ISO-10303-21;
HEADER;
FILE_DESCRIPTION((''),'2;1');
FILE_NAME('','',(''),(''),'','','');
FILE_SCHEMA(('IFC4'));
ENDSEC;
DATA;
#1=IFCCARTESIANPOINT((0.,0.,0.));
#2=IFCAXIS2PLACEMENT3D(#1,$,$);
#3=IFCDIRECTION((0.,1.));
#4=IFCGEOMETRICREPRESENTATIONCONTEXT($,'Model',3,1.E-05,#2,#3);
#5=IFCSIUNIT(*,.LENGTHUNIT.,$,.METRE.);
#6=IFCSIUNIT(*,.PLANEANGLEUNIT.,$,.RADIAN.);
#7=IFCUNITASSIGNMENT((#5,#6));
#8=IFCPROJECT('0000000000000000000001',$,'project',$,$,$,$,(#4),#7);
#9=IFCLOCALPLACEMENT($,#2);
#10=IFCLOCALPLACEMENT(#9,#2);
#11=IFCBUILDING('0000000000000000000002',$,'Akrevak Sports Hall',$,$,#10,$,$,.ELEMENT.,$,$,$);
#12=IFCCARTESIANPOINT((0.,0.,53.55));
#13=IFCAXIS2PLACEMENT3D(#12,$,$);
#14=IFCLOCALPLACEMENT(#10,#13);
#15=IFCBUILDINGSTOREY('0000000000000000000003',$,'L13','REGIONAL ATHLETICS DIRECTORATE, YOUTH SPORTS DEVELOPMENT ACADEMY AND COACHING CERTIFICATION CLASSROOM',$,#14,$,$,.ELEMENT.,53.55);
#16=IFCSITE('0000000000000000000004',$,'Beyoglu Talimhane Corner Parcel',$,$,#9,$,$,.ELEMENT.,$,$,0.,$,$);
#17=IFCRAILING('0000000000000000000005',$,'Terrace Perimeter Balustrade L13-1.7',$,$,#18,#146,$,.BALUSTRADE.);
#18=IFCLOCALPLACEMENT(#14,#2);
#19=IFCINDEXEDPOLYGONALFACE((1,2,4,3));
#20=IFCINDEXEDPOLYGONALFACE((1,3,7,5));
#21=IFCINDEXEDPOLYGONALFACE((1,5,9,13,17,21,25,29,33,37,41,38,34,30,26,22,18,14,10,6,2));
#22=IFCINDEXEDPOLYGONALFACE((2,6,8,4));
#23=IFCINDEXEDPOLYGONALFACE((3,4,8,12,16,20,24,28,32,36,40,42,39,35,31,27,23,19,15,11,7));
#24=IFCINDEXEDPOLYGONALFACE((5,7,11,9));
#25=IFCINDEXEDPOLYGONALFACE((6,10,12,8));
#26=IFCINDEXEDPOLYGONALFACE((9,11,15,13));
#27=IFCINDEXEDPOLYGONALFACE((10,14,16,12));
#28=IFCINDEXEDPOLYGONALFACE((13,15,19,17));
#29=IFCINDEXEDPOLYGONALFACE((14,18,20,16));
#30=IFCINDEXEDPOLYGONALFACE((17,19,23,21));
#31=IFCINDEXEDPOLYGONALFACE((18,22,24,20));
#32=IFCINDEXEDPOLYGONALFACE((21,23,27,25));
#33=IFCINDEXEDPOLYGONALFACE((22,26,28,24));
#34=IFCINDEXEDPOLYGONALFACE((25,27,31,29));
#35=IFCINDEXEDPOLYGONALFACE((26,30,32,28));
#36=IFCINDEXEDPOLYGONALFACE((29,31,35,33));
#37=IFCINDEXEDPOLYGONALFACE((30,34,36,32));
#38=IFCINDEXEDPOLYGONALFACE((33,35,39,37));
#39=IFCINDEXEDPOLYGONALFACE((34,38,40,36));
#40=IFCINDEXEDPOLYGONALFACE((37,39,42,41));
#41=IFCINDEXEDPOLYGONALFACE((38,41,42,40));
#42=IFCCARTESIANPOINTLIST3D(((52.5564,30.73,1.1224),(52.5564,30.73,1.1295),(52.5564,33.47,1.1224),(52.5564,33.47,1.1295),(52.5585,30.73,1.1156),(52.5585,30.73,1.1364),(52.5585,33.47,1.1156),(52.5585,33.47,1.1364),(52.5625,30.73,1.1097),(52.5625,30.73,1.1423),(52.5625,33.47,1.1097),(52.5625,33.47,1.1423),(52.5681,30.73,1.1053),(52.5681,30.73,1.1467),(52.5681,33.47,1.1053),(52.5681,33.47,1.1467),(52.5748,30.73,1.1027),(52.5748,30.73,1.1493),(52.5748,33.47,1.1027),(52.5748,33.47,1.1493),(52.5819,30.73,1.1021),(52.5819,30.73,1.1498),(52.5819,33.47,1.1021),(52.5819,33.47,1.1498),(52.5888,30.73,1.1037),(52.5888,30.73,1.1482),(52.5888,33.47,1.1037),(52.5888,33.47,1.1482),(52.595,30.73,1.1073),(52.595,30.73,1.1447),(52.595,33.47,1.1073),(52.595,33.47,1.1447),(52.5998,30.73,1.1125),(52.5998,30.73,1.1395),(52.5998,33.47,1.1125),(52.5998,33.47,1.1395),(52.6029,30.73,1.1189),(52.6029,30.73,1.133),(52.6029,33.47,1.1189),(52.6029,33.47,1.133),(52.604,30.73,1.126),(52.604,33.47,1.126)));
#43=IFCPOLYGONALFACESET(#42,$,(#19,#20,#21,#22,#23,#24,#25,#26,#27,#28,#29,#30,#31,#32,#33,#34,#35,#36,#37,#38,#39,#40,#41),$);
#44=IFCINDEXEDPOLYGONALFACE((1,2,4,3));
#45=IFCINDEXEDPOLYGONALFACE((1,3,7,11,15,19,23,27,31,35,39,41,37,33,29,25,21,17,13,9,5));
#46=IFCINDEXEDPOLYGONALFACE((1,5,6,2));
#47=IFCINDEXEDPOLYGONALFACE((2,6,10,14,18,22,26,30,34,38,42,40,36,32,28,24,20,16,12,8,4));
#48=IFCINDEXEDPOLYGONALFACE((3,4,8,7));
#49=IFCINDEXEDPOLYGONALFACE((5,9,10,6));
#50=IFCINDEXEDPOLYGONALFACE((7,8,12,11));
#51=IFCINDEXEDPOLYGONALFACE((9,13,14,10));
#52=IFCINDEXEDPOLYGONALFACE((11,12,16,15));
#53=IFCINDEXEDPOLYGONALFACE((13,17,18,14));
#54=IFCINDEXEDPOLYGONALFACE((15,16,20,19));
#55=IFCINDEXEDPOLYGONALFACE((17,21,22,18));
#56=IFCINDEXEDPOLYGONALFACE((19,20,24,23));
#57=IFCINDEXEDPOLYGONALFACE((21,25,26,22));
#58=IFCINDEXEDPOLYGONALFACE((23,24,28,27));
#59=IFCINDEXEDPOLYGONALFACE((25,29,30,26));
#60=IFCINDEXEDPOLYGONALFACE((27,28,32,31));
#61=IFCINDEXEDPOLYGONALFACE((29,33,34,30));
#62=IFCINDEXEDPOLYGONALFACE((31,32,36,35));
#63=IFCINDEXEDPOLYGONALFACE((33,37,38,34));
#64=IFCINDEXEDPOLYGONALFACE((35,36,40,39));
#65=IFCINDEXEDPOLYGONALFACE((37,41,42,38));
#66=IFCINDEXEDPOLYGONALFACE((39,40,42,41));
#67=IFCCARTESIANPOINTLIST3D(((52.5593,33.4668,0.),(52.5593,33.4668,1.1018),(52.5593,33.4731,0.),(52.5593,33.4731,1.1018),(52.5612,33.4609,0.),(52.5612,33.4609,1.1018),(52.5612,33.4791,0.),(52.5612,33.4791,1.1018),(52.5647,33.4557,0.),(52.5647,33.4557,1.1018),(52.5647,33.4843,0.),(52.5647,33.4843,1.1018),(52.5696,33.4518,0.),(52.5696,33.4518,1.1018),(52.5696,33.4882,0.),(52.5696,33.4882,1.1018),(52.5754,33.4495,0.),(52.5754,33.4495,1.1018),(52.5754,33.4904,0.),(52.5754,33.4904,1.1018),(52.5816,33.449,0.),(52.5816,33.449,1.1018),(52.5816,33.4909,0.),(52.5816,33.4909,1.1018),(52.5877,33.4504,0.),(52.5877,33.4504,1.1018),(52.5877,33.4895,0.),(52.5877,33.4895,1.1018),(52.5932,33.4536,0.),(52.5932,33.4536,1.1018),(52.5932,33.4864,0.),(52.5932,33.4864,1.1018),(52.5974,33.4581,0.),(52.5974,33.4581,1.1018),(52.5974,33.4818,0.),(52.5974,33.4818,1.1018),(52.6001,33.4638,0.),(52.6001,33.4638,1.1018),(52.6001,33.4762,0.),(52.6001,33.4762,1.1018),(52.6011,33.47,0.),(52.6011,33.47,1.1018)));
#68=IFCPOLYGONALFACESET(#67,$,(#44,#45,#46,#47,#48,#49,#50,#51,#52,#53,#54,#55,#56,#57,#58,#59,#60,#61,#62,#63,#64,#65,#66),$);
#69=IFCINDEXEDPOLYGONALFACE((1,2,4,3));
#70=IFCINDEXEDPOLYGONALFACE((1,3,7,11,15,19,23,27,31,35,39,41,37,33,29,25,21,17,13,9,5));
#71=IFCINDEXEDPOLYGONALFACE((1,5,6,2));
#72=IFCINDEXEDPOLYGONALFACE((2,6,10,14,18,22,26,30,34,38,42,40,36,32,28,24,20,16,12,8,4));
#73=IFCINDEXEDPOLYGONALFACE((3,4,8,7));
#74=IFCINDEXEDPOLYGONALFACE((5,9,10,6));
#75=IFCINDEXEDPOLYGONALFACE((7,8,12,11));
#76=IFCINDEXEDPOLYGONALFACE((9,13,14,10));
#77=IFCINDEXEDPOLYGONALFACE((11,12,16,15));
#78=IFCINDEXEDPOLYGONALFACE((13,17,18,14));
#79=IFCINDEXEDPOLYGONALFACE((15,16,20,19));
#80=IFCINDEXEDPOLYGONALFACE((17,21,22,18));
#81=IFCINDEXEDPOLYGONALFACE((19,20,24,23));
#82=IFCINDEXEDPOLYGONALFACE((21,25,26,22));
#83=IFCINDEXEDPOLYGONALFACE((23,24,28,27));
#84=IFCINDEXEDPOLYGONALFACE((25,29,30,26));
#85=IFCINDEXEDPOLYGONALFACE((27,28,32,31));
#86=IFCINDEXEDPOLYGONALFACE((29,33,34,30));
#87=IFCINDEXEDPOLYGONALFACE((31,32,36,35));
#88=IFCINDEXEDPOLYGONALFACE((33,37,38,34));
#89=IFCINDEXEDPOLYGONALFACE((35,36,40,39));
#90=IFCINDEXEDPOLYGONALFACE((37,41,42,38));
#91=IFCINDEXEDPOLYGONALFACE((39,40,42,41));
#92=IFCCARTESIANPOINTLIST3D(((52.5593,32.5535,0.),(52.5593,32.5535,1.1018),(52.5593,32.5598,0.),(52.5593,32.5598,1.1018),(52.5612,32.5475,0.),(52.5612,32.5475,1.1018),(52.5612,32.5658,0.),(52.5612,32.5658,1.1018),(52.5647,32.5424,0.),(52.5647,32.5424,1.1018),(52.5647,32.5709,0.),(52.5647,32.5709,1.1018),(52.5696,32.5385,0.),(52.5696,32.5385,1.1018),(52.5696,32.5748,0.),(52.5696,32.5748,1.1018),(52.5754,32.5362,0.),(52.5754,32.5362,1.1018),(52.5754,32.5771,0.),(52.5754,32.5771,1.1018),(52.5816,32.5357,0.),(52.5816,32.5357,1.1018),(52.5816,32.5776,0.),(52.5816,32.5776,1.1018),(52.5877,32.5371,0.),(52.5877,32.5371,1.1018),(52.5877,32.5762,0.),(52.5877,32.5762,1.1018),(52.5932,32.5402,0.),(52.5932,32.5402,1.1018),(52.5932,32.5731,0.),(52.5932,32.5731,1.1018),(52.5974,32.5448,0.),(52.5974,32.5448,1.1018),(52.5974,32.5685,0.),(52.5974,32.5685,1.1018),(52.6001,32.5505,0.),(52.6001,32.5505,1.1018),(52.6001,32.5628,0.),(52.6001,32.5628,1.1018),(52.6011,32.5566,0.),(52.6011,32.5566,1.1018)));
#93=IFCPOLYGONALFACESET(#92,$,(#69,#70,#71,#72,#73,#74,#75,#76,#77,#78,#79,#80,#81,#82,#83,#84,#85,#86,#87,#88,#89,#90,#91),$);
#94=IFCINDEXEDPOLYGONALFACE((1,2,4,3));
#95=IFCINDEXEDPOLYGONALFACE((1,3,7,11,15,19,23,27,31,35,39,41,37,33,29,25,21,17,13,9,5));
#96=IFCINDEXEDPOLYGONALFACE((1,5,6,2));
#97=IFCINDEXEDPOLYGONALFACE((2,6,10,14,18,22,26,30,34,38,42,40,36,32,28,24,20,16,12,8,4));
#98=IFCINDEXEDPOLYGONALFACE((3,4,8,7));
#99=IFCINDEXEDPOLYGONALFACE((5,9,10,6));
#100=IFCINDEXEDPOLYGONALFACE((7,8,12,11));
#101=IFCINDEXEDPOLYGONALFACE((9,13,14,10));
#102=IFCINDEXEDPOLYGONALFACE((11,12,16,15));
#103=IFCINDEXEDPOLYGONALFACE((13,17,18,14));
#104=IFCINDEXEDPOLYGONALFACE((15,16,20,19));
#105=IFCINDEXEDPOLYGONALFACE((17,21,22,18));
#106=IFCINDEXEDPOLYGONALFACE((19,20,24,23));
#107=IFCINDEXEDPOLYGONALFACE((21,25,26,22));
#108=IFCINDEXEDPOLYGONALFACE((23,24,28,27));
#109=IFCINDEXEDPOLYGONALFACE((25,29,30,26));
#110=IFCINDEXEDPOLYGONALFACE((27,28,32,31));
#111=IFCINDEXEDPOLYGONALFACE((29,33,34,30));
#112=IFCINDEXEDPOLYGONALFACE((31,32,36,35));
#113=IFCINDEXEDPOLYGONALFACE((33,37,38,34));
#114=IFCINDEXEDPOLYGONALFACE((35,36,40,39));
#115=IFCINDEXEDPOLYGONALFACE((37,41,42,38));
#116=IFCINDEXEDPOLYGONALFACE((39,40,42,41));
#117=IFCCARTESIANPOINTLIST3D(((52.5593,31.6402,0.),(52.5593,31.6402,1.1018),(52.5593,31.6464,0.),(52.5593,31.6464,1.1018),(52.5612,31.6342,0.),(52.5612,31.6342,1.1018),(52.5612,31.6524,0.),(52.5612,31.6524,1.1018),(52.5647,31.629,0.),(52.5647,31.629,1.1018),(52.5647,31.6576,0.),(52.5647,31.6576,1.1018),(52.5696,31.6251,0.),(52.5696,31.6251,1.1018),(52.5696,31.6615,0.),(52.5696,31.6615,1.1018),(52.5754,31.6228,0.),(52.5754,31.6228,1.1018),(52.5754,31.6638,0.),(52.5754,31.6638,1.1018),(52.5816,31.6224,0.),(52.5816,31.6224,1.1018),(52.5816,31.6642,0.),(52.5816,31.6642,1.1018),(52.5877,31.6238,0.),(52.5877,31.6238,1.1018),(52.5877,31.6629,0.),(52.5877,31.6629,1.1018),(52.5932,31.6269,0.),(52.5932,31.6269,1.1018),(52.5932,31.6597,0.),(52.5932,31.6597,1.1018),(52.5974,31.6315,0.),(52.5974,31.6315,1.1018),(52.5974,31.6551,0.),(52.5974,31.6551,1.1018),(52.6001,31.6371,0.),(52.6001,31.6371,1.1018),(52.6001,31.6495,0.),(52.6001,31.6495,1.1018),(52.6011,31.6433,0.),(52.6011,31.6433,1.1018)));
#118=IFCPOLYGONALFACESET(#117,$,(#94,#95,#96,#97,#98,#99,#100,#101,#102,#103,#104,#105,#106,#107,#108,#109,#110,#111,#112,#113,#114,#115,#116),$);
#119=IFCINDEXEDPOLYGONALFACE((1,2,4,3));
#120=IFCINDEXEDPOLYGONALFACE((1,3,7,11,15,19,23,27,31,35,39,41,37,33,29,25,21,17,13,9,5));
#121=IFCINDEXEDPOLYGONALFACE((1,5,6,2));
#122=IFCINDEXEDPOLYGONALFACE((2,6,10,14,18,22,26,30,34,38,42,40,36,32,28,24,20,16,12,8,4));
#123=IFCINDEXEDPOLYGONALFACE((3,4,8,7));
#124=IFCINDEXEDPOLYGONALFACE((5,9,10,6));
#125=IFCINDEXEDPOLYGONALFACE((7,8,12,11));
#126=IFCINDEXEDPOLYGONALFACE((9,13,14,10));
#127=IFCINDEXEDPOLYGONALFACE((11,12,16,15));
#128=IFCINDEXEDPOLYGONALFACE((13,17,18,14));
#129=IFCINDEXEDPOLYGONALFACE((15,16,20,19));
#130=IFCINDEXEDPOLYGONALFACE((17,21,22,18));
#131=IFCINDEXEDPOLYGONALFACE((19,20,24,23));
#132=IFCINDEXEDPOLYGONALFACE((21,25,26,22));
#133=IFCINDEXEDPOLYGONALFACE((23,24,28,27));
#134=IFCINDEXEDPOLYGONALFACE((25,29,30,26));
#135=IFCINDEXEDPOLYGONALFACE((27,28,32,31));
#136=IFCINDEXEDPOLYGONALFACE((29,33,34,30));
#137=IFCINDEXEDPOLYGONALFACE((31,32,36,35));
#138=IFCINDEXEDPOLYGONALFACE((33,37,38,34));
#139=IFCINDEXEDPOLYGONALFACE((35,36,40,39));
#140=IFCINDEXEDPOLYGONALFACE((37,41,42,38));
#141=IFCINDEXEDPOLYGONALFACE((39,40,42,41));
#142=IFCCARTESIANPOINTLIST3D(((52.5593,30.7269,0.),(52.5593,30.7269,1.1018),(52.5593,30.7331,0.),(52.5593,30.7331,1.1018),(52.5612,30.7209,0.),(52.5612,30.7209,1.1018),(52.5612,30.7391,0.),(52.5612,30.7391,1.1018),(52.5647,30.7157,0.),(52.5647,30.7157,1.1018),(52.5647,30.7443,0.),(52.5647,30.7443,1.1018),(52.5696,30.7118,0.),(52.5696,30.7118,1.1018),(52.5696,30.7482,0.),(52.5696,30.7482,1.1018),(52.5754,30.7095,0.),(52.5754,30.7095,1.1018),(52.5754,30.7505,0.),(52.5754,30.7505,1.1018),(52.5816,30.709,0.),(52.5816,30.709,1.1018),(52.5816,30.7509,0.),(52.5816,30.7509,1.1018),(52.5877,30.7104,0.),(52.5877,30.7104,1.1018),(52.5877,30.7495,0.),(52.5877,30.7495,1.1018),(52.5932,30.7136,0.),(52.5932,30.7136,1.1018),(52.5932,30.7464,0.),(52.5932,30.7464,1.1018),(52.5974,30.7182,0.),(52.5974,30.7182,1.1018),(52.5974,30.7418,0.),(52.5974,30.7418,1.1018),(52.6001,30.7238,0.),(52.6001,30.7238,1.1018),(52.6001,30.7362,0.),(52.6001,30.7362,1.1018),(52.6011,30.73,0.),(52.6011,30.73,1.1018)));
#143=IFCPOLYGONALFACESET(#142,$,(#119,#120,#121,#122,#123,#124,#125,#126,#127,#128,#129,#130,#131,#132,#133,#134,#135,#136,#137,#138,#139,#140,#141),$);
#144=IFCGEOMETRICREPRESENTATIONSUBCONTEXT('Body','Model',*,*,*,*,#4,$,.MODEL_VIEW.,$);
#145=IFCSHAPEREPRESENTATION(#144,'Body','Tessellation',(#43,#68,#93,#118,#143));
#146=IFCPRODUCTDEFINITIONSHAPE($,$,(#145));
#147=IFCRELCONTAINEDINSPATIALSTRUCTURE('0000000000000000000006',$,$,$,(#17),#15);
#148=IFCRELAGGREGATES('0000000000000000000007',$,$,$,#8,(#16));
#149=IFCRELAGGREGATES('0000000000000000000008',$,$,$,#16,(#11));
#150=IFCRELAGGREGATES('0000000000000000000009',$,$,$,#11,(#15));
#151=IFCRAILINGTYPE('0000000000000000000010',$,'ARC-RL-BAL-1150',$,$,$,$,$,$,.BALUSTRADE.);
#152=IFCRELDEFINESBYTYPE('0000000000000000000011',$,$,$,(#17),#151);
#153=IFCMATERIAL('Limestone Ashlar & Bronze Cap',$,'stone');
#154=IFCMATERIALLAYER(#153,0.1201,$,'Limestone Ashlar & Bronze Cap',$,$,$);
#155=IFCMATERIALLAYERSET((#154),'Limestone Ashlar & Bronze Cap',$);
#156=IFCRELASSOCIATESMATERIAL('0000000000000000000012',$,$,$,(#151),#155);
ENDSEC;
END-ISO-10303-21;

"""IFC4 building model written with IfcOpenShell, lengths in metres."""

from ifc_helpers import new_model, si_unit, direction, frame, origin, origin_2d, place, context, subcontext, project, spatial, circle, extrude, material, layer, layer_set, type_object, element, save


model = new_model("IFC4")

# Units and contexts
model_context = context("Model", 3, precision=1e-05, world=origin(), true_north=direction((0.0, 1.0)))
body_context = subcontext(model_context, "Body", "Model", "MODEL_VIEW")
ifc_project = project(units=[si_unit("LENGTHUNIT", "METRE"), si_unit("PLANEANGLEUNIT", "RADIAN")], contexts=[model_context])

# Site, building, storey
site_placement = place(None, origin())
site = spatial("IfcSite", under=ifc_project, at=site_placement, Name="Beyoglu Talimhane Corner Parcel", CompositionType="ELEMENT", RefElevation=0.0)
building_placement = place(site_placement, origin())
building = spatial("IfcBuilding", under=site, at=building_placement, Name="Akrevak Sports Hall", CompositionType="ELEMENT")
storey_placement = place(building_placement, frame((0.0, 0.0, 53.55)))
storey = spatial("IfcBuildingStorey", under=building, at=storey_placement, Name="L13", Description="REGIONAL ATHLETICS DIRECTORATE, YOUTH SPORTS DEVELOPMENT ACADEMY AND COACHING CERTIFICATION CLASSROOM", CompositionType="ELEMENT", Elevation=53.55)

# Railing
ifc_material_1 = material(Name="Limestone Ashlar & Bronze Cap", Category="stone")
ifc_layer_1 = layer(ifc_material_1, 0.1201, Name="Limestone Ashlar & Bronze Cap")
ifc_layer_set_1 = layer_set([ifc_layer_1], Name="Limestone Ashlar & Bronze Cap")
railing_type = type_object("IfcRailingType", Name="ARC-RL-BAL-1150", PredefinedType="BALUSTRADE", material=ifc_layer_set_1)
railing_1_placement = place(storey_placement, frame((52.5801, 33.47, 0.0)))
element("IfcRailing", 1, at=railing_1_placement, inside=storey, type_object=railing_type, Name="Terrace Perimeter Balustrade L13-1.7", PredefinedType="BALUSTRADE", context=body_context, shape_type="SweptSolid", body=[
    extrude(circle(Radius=0.0239, at=origin_2d()), frame((0.0, 0.0, 1.126), z_axis=(0.0, -1.0, 0.0), x_axis=(1.0, 0.0, 0.0)), (0.0, 0.0, 1.0), 2.74),
    extrude(circle(Radius=0.021, at=origin_2d()), origin(), (0.0, 0.0, 1.0), 1.1018),
    extrude(circle(Radius=0.021, at=origin_2d()), frame((0.0, -0.9133, 0.0)), (0.0, 0.0, 1.0), 1.1018),
    extrude(circle(Radius=0.021, at=origin_2d()), frame((0.0, -1.8267, 0.0)), (0.0, 0.0, 1.0), 1.1018),
    extrude(circle(Radius=0.021, at=origin_2d()), frame((0.0, -2.74, 0.0)), (0.0, 0.0, 1.0), 1.1018),
])

save(model, "model.ifc")
